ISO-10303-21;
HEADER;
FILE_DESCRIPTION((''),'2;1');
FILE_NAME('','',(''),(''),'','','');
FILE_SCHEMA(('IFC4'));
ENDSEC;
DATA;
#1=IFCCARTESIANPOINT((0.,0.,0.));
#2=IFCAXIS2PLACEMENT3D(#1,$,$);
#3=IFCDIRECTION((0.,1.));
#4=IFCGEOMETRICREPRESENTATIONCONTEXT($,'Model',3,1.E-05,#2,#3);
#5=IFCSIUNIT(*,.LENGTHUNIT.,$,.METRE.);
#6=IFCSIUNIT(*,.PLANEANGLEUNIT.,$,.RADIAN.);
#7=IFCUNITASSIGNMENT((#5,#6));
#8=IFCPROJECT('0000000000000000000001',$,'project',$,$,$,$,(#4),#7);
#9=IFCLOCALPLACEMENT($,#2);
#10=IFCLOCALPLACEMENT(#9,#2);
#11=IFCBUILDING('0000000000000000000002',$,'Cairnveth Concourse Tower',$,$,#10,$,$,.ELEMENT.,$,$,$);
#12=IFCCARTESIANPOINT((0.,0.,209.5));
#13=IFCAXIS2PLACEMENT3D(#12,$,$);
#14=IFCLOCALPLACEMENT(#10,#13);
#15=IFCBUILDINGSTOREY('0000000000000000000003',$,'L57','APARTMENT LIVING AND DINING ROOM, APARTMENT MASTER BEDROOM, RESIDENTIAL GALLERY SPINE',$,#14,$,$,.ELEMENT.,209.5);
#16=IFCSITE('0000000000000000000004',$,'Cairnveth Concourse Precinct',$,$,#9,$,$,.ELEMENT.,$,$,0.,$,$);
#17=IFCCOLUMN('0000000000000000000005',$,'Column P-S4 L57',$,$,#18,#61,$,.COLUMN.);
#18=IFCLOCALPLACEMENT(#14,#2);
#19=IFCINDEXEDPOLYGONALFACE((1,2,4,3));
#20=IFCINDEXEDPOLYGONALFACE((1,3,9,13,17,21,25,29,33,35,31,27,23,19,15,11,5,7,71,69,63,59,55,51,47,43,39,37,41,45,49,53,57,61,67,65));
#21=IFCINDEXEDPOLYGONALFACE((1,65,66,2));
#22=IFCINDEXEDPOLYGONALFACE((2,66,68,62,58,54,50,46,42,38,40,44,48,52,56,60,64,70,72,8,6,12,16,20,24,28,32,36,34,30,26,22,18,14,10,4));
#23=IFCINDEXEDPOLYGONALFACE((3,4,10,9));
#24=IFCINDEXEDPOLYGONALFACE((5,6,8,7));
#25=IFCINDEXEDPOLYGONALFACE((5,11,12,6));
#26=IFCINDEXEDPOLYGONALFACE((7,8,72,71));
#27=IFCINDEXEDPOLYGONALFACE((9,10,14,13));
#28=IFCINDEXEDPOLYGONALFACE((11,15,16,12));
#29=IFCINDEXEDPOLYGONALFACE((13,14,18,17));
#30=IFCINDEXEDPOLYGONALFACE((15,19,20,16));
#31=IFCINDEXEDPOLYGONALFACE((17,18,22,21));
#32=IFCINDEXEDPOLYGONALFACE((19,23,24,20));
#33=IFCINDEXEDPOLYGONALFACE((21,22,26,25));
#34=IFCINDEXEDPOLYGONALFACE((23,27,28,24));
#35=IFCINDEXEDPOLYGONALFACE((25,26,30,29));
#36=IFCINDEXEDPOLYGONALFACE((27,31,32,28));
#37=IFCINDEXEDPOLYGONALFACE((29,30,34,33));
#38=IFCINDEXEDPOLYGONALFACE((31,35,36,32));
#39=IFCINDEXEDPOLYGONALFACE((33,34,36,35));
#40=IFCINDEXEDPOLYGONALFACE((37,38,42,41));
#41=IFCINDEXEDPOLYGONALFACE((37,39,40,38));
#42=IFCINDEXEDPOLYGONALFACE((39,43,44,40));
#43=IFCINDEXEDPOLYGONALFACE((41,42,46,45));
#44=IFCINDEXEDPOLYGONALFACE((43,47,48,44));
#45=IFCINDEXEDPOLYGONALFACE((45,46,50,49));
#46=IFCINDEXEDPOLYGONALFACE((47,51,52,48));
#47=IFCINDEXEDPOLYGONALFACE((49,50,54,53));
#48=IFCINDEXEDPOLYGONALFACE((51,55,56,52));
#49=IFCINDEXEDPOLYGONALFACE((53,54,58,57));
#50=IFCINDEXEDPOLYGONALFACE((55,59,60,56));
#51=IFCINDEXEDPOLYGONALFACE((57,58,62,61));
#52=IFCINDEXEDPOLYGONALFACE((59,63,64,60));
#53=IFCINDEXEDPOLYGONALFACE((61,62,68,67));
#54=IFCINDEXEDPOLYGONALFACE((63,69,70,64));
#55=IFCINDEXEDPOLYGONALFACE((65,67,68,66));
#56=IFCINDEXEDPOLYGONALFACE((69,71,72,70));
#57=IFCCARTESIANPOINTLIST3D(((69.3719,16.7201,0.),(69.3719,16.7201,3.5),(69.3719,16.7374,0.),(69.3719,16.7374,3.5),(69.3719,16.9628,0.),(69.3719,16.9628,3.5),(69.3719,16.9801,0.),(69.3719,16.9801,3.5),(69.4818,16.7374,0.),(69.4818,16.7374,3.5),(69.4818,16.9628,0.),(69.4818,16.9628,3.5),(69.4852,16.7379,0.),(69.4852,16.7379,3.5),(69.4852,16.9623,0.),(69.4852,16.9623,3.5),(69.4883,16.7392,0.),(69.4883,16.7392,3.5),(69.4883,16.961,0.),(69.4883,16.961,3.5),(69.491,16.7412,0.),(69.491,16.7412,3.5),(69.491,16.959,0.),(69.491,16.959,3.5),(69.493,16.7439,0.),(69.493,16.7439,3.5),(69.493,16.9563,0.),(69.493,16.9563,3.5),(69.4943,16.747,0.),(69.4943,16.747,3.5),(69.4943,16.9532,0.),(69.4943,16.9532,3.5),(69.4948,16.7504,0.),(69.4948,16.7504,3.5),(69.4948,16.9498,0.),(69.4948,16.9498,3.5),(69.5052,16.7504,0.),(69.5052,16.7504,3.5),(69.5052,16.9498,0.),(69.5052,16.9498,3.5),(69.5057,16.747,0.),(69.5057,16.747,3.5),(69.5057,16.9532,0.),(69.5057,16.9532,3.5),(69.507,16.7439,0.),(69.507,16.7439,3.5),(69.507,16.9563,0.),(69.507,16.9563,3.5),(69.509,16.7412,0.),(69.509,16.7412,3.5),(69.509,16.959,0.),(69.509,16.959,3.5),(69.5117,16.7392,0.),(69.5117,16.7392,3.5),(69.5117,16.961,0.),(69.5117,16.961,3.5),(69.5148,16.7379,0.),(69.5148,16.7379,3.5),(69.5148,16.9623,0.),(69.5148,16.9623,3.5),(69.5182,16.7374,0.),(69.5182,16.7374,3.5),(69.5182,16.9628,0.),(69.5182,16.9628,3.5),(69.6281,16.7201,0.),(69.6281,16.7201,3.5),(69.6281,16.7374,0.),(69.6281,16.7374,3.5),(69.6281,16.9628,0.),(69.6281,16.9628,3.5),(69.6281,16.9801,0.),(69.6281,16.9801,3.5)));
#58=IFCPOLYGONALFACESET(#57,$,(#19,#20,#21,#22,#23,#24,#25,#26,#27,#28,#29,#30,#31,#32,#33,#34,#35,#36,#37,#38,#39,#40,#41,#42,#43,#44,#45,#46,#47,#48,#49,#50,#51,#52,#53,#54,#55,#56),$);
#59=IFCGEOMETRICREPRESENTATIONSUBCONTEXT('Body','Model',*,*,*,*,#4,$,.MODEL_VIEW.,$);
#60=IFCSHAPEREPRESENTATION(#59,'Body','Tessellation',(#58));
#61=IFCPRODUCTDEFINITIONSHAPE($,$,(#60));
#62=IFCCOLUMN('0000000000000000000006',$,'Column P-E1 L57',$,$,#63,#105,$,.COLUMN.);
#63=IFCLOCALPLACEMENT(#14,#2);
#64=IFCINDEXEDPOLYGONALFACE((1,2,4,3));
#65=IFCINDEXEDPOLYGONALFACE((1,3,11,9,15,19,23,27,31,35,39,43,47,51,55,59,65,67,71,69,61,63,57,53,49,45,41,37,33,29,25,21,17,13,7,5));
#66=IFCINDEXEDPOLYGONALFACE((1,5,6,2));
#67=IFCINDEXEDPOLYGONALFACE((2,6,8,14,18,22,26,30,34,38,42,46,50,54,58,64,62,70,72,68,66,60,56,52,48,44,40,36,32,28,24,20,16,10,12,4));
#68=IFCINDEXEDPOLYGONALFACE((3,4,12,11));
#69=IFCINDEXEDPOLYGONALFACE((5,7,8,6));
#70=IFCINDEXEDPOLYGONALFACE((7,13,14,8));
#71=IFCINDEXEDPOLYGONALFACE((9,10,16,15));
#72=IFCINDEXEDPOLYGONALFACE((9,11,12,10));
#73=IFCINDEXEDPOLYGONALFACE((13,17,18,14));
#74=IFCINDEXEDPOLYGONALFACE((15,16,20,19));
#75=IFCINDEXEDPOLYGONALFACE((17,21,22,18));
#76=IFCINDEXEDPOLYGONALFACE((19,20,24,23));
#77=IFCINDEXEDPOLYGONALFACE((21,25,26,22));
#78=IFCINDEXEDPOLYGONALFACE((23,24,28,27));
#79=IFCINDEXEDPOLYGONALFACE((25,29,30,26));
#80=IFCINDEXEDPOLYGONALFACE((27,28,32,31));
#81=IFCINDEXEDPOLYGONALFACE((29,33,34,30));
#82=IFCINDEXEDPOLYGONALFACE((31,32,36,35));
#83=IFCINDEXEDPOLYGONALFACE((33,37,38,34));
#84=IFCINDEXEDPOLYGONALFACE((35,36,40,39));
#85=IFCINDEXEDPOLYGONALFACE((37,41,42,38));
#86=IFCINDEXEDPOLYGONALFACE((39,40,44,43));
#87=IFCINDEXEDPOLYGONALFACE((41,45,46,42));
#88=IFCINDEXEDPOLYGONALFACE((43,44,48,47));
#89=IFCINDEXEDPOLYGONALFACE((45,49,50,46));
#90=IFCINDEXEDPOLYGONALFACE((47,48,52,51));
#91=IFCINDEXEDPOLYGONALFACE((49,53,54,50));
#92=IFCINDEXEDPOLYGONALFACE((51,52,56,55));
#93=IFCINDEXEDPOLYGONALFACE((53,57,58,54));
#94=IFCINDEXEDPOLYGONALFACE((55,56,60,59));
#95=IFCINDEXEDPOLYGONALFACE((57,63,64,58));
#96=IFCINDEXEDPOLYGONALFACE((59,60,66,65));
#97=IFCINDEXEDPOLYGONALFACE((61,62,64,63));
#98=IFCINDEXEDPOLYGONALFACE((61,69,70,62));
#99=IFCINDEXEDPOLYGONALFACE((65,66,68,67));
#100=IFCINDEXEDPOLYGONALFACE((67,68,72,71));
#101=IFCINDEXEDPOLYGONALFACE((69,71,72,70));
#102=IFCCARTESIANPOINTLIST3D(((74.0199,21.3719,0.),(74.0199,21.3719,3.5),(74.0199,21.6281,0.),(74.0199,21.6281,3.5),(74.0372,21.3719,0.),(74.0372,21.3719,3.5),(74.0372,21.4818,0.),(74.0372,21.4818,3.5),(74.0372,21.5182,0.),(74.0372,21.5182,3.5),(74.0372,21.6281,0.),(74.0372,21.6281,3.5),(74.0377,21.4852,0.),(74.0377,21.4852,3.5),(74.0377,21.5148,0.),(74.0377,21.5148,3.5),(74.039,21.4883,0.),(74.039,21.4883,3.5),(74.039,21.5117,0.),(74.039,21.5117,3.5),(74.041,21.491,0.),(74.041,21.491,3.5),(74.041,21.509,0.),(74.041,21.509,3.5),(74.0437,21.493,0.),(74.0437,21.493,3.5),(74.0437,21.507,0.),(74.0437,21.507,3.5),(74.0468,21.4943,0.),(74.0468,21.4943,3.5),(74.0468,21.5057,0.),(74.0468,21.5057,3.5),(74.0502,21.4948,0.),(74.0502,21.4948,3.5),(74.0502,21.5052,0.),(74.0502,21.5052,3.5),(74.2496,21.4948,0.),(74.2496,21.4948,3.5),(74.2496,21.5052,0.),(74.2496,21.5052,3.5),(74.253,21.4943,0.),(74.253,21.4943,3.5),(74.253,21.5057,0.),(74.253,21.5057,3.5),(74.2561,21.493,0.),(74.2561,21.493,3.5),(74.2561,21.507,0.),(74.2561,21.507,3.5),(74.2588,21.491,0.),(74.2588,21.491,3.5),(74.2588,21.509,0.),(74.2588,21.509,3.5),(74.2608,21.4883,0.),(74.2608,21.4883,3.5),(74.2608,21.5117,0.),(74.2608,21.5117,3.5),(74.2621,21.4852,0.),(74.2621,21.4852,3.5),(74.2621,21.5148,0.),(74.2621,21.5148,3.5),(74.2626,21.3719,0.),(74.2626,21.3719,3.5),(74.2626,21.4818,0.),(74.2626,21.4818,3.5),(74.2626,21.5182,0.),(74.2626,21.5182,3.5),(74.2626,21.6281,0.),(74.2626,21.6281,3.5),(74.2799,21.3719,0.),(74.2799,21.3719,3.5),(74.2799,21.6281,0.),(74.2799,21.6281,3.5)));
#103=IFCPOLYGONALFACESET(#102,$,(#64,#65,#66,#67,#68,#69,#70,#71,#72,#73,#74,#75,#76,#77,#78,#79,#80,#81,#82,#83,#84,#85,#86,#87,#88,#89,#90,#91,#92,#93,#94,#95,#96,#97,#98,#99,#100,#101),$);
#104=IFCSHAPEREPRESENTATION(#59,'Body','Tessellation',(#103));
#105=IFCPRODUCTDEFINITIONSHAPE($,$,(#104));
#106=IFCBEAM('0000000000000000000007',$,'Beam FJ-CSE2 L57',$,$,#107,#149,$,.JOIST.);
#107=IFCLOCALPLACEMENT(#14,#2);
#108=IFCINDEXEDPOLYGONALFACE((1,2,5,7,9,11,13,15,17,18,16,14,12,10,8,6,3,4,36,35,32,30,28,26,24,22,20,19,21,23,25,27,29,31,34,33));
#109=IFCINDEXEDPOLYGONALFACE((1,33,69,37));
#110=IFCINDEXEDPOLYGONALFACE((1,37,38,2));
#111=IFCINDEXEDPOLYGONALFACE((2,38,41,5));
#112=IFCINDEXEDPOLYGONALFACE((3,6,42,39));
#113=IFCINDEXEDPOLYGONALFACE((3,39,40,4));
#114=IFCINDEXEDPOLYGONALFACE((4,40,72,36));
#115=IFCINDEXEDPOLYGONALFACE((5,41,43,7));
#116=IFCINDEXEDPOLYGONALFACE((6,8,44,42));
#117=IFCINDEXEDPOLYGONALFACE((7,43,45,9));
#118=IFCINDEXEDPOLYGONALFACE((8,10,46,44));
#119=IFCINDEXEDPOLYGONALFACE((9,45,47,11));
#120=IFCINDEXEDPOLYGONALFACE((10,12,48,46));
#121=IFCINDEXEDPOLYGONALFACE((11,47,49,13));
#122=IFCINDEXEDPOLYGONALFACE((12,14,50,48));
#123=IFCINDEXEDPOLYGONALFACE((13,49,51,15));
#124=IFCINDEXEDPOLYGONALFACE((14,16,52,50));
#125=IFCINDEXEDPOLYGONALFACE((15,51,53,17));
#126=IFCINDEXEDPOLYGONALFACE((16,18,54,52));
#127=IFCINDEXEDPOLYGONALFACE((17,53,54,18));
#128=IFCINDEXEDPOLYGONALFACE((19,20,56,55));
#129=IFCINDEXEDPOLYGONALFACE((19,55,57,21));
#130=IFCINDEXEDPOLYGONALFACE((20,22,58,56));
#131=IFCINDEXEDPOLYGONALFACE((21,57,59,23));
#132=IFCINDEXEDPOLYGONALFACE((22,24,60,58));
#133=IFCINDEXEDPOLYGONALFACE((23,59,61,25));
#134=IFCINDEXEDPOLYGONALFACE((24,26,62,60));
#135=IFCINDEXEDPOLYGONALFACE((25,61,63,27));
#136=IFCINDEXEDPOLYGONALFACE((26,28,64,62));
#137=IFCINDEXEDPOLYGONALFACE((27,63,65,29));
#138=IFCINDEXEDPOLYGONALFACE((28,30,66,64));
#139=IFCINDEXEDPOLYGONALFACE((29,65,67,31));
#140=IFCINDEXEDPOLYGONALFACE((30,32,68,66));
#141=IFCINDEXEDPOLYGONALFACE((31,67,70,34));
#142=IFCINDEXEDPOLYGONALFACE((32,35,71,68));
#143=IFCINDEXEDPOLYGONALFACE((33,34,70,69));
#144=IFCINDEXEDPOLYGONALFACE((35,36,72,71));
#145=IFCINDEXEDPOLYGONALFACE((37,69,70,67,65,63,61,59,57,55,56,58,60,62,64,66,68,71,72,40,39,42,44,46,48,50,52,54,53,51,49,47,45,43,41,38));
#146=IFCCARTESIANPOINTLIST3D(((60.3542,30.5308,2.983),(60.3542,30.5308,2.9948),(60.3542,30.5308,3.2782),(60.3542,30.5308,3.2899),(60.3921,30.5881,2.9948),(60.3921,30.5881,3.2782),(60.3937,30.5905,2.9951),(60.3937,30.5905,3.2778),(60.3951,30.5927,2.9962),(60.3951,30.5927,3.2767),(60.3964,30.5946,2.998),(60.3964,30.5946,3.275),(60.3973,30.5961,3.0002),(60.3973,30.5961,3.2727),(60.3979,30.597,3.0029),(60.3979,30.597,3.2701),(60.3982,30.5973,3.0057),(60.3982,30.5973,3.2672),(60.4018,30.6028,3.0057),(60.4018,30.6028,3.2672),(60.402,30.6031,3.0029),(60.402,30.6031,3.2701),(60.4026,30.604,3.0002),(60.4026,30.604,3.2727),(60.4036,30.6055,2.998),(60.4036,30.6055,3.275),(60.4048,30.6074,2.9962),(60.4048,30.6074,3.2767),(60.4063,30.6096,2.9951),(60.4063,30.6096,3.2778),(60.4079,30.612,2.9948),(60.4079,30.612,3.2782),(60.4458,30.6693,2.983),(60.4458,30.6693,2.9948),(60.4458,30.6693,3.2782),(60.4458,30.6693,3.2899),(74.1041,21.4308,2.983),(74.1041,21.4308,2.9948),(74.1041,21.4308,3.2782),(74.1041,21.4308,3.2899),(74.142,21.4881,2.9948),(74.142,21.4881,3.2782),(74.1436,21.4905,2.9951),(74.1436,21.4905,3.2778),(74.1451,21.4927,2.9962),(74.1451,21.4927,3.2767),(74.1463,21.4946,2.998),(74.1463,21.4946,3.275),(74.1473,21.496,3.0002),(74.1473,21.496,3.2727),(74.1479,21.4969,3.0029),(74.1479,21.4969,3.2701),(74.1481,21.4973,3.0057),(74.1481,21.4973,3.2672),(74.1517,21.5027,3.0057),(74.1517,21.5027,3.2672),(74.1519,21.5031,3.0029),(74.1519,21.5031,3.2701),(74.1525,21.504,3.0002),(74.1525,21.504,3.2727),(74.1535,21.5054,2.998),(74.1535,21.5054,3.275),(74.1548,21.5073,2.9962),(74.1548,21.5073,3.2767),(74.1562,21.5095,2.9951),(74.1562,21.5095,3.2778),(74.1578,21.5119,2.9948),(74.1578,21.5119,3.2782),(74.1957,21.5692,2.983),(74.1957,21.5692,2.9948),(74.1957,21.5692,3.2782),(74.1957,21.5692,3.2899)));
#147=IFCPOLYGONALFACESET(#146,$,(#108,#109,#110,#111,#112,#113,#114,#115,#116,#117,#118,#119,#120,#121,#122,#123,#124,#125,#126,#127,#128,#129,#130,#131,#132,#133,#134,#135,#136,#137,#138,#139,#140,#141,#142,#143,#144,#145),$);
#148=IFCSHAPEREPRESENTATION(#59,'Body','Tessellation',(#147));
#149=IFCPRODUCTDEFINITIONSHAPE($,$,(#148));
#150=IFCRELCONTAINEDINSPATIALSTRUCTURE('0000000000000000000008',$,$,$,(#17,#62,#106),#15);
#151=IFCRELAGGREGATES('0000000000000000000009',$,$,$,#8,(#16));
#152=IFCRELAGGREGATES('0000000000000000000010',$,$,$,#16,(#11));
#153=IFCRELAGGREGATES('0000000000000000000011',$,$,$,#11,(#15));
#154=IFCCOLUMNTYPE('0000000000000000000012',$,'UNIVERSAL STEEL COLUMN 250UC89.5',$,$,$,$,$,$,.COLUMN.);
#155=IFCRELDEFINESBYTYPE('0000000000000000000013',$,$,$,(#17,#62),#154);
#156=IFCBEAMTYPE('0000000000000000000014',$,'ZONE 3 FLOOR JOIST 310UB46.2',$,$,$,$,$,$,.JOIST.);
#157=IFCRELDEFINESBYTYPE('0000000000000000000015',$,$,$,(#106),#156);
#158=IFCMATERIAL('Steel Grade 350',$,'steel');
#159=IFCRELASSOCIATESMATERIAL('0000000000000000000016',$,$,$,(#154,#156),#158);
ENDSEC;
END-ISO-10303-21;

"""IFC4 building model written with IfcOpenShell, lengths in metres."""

from ifc_helpers import new_model, si_unit, direction, frame, origin, origin_2d, place, context, subcontext, project, spatial, i_section, extrude, material, material_profile, profile_set, type_object, element, save


model = new_model("IFC4")

# Units and contexts
model_context = context("Model", 3, precision=1e-05, world=origin(), true_north=direction((0.0, 1.0)))
body_context = subcontext(model_context, "Body", "Model", "MODEL_VIEW")
ifc_project = project(units=[si_unit("LENGTHUNIT", "METRE"), si_unit("PLANEANGLEUNIT", "RADIAN")], contexts=[model_context])

# Site, building, storey
site_placement = place(None, origin())
site = spatial("IfcSite", under=ifc_project, at=site_placement, Name="Cairnveth Concourse Precinct", CompositionType="ELEMENT", RefElevation=0.0)
building_placement = place(site_placement, origin())
building = spatial("IfcBuilding", under=site, at=building_placement, Name="Cairnveth Concourse Tower", CompositionType="ELEMENT")
storey_placement = place(building_placement, frame((0.0, 0.0, 209.5)))
storey = spatial("IfcBuildingStorey", under=building, at=storey_placement, Name="L57", Description="APARTMENT LIVING AND DINING ROOM, APARTMENT MASTER BEDROOM, RESIDENTIAL GALLERY SPINE", CompositionType="ELEMENT", Elevation=209.5)

# Columns
ifc_material_1 = material(Name="Steel Grade 350", Category="steel")
ifc_material_profile_1 = material_profile(ifc_material_1, i_section(OverallWidth=0.2561, OverallDepth=0.26, WebThickness=0.0105, FlangeThickness=0.0173, FilletRadius=0.0129, at=origin_2d()), Name="250UC89.5")
ifc_profile_set_1 = profile_set([ifc_material_profile_1], Name="Steel Grade 350")
column_type = type_object("IfcColumnType", Name="UNIVERSAL STEEL COLUMN 250UC89.5", PredefinedType="COLUMN", material=ifc_profile_set_1)
for number, where, z_axis, x_axis, name in (
    (1, (69.5, 16.8501, 0.0), (0.0, 0.0, 1.0), (1.0, 0.0, 0.0), "Column P-S4 L57"),
    (2, (74.1499, 21.5, 0.0), (0.0, 0.0, 1.0), (0.0, 1.0, 0.0), "Column P-E1 L57"),
):
    element("IfcColumn", number, at=place(storey_placement, frame(where, z_axis=z_axis, x_axis=x_axis)), inside=storey, type_object=column_type, Name=name, PredefinedType="COLUMN", context=body_context, shape_type="SweptSolid", body=[
        extrude(i_section(OverallWidth=0.2561, OverallDepth=0.26, WebThickness=0.0105, FlangeThickness=0.0173, FilletRadius=0.0129, at=origin_2d()), origin(), (0.0, 0.0, 1.0), 3.5),
    ])

# Beam
ifc_material_profile_2 = material_profile(ifc_material_1, i_section(OverallWidth=0.166, OverallDepth=0.3069, WebThickness=0.0066, FlangeThickness=0.0117, FilletRadius=0.011, at=origin_2d()), Name="310UB46.2")
ifc_profile_set_2 = profile_set([ifc_material_profile_2], Name="Steel Grade 350")
beam_type_1 = type_object("IfcBeamType", Name="ZONE 3 FLOOR JOIST 310UB46.2", PredefinedType="JOIST", material=ifc_profile_set_2)
beam_1_placement = place(storey_placement, frame((74.1499, 21.5, 3.1365), z_axis=(-0.833909, 0.551902, 0.0), x_axis=(-0.551902, -0.833909, 0.0)))
element("IfcBeam", 3, at=beam_1_placement, inside=storey, type_object=beam_type_1, Name="Beam FJ-CSE2 L57", PredefinedType="JOIST", context=body_context, shape_type="SweptSolid", body=[
    extrude(i_section(OverallWidth=0.166, OverallDepth=0.3069, WebThickness=0.0066, FlangeThickness=0.0117, FilletRadius=0.011, at=origin_2d()), origin(), (0.0, 0.0, 1.0), 16.4885),
])

save(model, "model.ifc")
